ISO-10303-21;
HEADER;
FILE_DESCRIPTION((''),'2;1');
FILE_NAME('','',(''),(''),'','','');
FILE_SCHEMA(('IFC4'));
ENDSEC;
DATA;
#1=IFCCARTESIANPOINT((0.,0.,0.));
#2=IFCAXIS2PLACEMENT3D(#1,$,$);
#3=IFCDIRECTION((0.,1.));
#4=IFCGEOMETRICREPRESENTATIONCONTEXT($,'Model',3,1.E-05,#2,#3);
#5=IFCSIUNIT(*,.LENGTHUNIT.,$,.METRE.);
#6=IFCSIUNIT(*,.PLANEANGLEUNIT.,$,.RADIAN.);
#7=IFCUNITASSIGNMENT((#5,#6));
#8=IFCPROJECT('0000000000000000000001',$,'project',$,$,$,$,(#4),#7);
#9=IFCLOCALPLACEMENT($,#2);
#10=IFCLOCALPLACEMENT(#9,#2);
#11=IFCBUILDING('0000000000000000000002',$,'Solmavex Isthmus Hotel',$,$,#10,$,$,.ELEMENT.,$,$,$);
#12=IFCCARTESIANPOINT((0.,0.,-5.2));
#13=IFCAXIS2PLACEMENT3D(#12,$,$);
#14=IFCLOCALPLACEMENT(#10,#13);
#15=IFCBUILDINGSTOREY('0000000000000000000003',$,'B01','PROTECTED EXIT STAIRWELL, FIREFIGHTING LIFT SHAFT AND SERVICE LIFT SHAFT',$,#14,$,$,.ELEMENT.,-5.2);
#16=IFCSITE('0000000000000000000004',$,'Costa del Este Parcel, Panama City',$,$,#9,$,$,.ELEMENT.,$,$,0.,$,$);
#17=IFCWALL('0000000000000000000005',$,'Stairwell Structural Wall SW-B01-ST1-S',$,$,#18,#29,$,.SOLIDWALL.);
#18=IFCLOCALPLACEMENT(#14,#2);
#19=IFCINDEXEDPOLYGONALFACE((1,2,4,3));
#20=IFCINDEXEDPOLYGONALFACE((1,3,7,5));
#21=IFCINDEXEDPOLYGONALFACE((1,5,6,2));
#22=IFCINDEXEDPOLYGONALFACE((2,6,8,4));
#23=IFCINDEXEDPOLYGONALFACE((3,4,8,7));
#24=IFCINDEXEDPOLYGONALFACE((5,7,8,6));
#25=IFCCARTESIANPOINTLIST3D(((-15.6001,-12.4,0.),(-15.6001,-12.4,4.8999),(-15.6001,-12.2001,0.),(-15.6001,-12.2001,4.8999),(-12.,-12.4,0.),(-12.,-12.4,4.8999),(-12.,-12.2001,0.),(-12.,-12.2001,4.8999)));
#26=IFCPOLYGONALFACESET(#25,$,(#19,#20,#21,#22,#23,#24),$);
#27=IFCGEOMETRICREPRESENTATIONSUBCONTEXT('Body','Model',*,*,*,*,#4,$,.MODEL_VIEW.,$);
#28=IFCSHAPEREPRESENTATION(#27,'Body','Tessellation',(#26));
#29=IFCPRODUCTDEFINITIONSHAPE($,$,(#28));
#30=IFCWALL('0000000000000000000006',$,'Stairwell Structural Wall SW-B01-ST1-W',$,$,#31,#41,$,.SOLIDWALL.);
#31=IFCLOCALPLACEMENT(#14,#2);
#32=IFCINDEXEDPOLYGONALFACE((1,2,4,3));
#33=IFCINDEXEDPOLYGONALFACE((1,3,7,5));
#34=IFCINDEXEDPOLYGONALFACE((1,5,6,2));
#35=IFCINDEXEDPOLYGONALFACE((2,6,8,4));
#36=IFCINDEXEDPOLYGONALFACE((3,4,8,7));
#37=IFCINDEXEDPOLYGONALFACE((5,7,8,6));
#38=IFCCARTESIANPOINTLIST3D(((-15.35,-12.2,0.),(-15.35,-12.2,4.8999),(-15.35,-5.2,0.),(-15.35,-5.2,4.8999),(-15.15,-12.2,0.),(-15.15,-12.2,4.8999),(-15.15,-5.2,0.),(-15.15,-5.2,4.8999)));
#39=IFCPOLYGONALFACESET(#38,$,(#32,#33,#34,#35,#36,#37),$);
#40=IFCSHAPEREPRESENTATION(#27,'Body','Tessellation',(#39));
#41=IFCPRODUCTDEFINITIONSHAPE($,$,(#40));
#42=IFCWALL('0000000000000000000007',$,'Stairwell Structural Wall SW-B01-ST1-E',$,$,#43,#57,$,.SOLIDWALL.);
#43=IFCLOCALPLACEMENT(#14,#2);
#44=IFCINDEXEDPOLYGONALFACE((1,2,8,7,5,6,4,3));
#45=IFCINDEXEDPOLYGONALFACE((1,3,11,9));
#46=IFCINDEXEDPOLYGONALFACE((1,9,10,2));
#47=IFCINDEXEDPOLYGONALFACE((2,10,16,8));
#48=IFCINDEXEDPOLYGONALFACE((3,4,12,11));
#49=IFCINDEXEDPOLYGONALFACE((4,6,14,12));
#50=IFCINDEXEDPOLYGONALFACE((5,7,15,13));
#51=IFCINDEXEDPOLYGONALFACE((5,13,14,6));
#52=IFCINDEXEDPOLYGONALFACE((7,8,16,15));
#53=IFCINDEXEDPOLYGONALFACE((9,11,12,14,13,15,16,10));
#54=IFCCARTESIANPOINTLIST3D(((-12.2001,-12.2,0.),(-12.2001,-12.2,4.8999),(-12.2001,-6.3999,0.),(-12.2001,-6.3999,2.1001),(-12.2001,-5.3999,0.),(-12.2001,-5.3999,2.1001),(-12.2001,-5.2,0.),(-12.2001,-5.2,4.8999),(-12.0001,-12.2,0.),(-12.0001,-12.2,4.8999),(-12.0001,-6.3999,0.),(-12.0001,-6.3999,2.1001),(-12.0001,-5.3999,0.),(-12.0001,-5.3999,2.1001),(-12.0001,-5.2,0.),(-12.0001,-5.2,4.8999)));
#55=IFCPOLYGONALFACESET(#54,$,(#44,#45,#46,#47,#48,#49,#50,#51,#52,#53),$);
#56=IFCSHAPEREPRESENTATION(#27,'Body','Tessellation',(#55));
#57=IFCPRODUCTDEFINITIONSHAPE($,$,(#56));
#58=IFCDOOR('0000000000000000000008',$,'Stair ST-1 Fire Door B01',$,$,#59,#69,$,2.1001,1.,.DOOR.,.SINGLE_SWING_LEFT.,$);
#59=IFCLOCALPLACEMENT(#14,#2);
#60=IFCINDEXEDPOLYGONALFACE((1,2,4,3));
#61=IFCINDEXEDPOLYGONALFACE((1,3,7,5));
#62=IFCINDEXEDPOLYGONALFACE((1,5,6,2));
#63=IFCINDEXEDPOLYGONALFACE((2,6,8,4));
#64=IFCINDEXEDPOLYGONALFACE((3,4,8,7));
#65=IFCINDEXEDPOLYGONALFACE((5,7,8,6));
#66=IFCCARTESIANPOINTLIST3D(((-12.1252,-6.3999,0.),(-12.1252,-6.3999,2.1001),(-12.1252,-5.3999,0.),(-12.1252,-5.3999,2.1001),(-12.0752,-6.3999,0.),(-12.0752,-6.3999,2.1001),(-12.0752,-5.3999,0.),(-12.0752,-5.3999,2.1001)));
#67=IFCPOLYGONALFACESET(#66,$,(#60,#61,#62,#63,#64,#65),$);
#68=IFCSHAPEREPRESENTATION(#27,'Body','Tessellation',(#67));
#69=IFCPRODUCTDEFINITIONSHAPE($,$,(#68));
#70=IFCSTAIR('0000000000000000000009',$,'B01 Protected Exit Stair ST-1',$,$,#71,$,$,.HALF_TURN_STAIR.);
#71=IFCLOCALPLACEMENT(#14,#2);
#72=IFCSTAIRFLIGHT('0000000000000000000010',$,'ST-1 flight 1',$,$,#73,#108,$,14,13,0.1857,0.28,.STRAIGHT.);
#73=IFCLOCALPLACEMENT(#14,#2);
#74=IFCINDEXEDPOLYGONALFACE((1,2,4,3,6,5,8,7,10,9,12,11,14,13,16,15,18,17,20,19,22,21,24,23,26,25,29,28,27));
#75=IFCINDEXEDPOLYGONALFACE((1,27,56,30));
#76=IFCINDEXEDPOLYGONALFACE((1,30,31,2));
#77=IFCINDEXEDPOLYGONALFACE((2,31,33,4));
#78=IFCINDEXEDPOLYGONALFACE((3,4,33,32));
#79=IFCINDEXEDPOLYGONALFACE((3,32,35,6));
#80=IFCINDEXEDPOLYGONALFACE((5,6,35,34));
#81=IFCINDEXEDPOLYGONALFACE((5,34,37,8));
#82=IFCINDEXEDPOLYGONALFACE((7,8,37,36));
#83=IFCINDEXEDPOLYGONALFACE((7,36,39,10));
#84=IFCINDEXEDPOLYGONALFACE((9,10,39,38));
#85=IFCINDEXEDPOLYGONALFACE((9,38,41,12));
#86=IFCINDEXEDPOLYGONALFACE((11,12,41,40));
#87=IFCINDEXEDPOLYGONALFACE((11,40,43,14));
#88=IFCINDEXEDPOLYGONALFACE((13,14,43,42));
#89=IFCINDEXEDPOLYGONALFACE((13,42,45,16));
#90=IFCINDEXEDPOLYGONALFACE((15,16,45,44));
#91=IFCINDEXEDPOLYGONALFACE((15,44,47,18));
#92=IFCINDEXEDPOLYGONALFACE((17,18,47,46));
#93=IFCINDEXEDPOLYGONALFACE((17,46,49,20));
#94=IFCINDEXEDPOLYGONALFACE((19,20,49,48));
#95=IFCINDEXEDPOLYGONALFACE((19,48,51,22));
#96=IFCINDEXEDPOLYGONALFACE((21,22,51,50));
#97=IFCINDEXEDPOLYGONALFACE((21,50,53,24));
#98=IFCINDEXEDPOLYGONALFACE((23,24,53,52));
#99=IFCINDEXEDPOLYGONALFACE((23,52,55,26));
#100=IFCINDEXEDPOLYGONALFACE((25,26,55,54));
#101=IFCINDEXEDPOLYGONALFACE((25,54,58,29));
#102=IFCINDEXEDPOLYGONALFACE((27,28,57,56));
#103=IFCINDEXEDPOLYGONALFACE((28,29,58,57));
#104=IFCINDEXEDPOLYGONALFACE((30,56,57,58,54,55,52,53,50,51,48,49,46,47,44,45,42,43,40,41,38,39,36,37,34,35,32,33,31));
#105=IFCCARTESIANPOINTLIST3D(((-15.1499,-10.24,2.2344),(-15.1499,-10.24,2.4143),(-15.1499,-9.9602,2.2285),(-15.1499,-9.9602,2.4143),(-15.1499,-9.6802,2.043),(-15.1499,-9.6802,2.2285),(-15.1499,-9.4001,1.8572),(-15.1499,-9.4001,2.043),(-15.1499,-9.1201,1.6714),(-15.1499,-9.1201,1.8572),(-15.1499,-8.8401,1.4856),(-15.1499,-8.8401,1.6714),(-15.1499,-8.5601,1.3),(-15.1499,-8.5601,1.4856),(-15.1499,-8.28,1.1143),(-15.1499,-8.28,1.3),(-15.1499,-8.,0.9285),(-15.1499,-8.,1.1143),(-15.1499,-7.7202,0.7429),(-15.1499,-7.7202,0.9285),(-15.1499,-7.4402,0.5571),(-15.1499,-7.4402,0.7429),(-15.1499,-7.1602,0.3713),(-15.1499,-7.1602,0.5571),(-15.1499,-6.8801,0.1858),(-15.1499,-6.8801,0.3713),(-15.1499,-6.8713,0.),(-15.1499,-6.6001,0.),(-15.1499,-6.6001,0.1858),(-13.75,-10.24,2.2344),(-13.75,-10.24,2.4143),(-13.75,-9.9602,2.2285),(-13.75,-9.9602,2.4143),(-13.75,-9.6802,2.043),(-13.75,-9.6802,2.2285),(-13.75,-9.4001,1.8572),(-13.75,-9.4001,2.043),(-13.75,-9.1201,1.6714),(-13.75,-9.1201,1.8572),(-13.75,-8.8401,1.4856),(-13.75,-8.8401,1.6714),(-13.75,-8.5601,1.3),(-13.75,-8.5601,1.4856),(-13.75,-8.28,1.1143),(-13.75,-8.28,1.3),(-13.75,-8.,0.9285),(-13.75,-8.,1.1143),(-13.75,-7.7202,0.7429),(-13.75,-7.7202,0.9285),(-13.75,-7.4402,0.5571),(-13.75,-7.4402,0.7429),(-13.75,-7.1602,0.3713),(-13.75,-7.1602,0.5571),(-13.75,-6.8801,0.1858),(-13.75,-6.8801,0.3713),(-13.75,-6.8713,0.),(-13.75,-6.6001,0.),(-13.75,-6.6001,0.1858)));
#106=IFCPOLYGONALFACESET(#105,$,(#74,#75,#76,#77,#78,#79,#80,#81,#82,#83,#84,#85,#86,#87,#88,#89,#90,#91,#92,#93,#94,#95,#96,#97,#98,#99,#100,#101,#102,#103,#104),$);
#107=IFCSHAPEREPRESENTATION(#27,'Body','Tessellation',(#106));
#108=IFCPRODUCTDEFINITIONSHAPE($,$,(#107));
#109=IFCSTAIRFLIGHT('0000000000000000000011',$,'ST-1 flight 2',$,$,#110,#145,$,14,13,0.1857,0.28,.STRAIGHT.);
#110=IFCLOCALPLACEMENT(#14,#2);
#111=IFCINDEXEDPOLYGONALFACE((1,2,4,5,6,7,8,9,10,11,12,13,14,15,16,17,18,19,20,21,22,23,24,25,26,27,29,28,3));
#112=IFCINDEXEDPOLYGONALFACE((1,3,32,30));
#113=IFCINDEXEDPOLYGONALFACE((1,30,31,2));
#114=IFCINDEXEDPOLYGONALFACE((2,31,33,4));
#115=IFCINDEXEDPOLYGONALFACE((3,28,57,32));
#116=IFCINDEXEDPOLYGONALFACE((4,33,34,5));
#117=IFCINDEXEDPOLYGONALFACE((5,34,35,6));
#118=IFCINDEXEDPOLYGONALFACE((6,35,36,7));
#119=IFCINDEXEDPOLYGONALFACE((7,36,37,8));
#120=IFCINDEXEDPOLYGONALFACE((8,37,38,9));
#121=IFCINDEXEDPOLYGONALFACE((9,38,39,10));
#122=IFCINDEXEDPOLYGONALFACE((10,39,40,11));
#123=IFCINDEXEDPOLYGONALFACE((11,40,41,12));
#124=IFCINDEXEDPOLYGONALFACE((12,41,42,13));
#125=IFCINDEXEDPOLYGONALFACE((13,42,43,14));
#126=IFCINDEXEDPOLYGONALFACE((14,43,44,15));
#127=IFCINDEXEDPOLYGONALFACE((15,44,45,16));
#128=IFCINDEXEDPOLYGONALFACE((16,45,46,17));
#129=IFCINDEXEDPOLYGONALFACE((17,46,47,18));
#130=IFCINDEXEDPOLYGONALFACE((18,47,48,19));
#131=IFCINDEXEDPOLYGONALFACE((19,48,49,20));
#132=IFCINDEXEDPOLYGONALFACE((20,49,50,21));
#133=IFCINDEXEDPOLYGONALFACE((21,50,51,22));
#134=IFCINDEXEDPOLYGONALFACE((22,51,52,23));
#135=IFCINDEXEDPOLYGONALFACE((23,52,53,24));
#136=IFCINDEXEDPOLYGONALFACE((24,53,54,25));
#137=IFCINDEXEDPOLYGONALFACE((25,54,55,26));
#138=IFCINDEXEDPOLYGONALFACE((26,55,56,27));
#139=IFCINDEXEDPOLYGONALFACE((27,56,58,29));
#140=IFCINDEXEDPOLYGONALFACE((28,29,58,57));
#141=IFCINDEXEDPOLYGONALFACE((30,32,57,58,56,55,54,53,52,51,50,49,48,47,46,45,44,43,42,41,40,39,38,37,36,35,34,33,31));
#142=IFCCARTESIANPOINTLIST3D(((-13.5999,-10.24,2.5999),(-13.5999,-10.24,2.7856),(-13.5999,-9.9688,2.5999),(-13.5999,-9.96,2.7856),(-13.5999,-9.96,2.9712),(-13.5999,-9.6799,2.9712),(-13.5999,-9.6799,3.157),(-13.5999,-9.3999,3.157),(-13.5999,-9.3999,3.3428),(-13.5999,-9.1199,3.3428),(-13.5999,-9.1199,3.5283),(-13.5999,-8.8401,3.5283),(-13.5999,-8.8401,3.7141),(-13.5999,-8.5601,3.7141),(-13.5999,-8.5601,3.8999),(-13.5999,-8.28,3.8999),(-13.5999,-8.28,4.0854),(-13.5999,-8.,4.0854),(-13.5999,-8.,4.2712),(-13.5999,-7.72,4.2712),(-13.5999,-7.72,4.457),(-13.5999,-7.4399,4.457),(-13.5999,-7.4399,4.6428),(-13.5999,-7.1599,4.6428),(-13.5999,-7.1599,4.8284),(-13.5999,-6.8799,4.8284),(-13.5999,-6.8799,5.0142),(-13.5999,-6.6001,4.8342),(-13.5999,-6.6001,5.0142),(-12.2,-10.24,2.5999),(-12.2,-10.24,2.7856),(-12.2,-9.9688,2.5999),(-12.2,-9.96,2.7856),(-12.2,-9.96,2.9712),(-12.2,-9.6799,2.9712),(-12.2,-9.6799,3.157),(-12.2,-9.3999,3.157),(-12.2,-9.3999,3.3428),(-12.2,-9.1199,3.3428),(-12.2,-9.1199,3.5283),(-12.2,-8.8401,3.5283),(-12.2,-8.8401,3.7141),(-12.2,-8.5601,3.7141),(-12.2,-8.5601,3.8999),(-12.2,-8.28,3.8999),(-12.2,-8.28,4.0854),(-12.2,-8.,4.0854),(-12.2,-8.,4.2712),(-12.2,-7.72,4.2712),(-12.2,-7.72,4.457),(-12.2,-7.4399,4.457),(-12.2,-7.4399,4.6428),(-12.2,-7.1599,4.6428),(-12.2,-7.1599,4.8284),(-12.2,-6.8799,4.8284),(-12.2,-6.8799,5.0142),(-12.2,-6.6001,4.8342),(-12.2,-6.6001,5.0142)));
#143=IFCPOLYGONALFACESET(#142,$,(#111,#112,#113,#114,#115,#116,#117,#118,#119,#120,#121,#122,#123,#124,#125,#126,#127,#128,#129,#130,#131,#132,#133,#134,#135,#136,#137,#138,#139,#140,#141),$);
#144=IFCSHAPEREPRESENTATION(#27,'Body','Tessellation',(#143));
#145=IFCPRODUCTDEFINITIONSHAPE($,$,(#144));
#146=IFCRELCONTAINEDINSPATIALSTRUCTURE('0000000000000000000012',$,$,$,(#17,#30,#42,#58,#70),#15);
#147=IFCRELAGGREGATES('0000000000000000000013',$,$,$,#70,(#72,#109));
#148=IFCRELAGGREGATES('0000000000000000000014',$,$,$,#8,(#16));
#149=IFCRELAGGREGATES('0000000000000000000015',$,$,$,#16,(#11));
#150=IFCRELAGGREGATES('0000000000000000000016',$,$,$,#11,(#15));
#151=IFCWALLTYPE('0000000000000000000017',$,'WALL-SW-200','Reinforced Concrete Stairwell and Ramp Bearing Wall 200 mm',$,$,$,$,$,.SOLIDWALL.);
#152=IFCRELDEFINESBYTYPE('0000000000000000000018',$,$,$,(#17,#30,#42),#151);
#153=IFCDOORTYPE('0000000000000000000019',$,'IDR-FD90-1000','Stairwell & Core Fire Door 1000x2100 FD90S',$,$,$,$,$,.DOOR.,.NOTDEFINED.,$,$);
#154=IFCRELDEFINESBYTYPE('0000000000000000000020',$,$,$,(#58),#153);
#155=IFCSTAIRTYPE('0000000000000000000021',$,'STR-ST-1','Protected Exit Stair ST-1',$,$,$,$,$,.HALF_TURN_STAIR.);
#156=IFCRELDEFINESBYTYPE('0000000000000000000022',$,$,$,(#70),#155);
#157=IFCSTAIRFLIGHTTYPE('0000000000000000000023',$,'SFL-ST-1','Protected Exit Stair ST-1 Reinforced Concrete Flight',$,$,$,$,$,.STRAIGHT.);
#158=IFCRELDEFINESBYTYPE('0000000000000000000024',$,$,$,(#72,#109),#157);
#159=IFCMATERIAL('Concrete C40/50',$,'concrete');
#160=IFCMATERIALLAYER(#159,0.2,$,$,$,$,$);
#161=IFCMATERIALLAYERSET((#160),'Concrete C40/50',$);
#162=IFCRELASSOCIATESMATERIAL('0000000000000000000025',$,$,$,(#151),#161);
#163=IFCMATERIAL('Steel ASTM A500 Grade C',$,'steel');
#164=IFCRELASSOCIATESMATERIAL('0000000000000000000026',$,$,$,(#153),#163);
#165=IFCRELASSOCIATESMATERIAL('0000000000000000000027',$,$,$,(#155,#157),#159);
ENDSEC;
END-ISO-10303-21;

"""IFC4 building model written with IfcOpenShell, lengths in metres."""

from ifc_helpers import new_model, si_unit, direction, frame, frame_2d, origin, place, context, subcontext, project, spatial, polyline, rectangle, outline, extrude, material, layer, layer_set, type_object, element, fill, aggregate, save


model = new_model("IFC4")

# Units and contexts
model_context = context("Model", 3, precision=1e-05, world=origin(), true_north=direction((0.0, 1.0)))
body_context = subcontext(model_context, "Body", "Model", "MODEL_VIEW")
ifc_project = project(units=[si_unit("LENGTHUNIT", "METRE"), si_unit("PLANEANGLEUNIT", "RADIAN")], contexts=[model_context])

# Site, building, storey
site_placement = place(None, origin())
site = spatial("IfcSite", under=ifc_project, at=site_placement, Name="Costa del Este Parcel, Panama City", CompositionType="ELEMENT", RefElevation=0.0)
building_placement = place(site_placement, origin())
building = spatial("IfcBuilding", under=site, at=building_placement, Name="Solmavex Isthmus Hotel", CompositionType="ELEMENT")
storey_placement = place(building_placement, frame((0.0, 0.0, -5.2)))
storey = spatial("IfcBuildingStorey", under=building, at=storey_placement, Name="B01", Description="PROTECTED EXIT STAIRWELL, FIREFIGHTING LIFT SHAFT AND SERVICE LIFT SHAFT", CompositionType="ELEMENT", Elevation=-5.2)

# Shared definitions
ifc_material_1 = material(Name="Concrete C40/50", Category="concrete")

# Walls
ifc_layer_1 = layer(ifc_material_1, 0.2)
ifc_layer_set_1 = layer_set([ifc_layer_1], Name="Concrete C40/50")
wall_type_1 = type_object("IfcWallType", Name="WALL-SW-200", Description="Reinforced Concrete Stairwell and Ramp Bearing Wall 200 mm", PredefinedType="SOLIDWALL", material=ifc_layer_set_1)
wall_1_placement = place(storey_placement, frame((-15.6001, -12.3, 0.0), z_axis=(0.0, 0.0, 1.0), x_axis=(1.0, 0.0, 0.0)))
element("IfcWall", 1, at=wall_1_placement, inside=storey, type_object=wall_type_1, Name="Stairwell Structural Wall SW-B01-ST1-S", PredefinedType="SOLIDWALL", context=body_context, shape_type="SweptSolid", body=[
    extrude(rectangle(XDim=3.6001, YDim=0.2, at=frame_2d((1.8, 0.0))), origin(), (0.0, 0.0, 1.0), 4.8999),
])
wall_2_placement = place(storey_placement, frame((-15.25, -12.2, 0.0), z_axis=(0.0, 0.0, 1.0), x_axis=(0.0, 1.0, 0.0)))
element("IfcWall", 2, at=wall_2_placement, inside=storey, type_object=wall_type_1, Name="Stairwell Structural Wall SW-B01-ST1-W", PredefinedType="SOLIDWALL", context=body_context, shape_type="SweptSolid", body=[
    extrude(rectangle(XDim=7.0, YDim=0.2, at=frame_2d((3.5, 0.0))), origin(), (0.0, 0.0, 1.0), 4.8999),
])

# Wall, opening, door
wall_3_placement = place(storey_placement, frame((-12.1001, -12.2, 0.0), z_axis=(0.0, 0.0, 1.0), x_axis=(0.0, 1.0, 0.0)))
wall_3 = element("IfcWall", 3, at=wall_3_placement, inside=storey, type_object=wall_type_1, Name="Stairwell Structural Wall SW-B01-ST1-E", PredefinedType="SOLIDWALL", context=body_context, shape_type="SweptSolid", body=[
    extrude(rectangle(XDim=7.0, YDim=0.2, at=frame_2d((3.5, 0.0))), origin(), (0.0, 0.0, 1.0), 4.8999),
])
opening_1_placement = place(wall_3_placement, frame((5.8, 0.0, 0.0)))
opening_1 = element("IfcOpeningElement", 4, at=opening_1_placement, cuts=wall_3, PredefinedType="OPENING", context=body_context, shape_type="SweptSolid", body=[
    extrude(rectangle(XDim=1.0, YDim=2.1001, at=frame_2d((0.5, 1.05))), frame((0.0, 0.1099, 0.0), z_axis=(0.0, -1.0, 0.0), x_axis=(1.0, 0.0, 0.0)), (0.0, 0.0, 1.0), 0.22),
])
ifc_material_2 = material(Name="Steel ASTM A500 Grade C", Category="steel")
door_type_1 = type_object("IfcDoorType", Name="IDR-FD90-1000", Description="Stairwell & Core Fire Door 1000x2100 FD90S", OperationType="NOTDEFINED", PredefinedType="DOOR", material=ifc_material_2)
door_1_placement = place(opening_1_placement, frame((1.0, 0.0, 0.0), z_axis=(0.0, 0.0, 1.0), x_axis=(-1.0, 0.0, 0.0)))
door_1 = element("IfcDoor", 5, at=door_1_placement, inside=storey, type_object=door_type_1, Name="Stair ST-1 Fire Door B01", OperationType="SINGLE_SWING_LEFT", OverallHeight=2.1001, OverallWidth=1.0, PredefinedType="DOOR", context=body_context, shape_type="SweptSolid", body=[
    extrude(rectangle(XDim=1.0, YDim=2.1001, at=frame_2d((0.5, 1.05))), frame((0.0, 0.0249, 0.0), z_axis=(0.0, -1.0, 0.0), x_axis=(1.0, 0.0, 0.0)), (0.0, 0.0, 1.0), 0.05),
])
fill(opening_1, door_1)

# Stair, stair flights
stair_type = type_object("IfcStairType", Name="STR-ST-1", Description="Protected Exit Stair ST-1", PredefinedType="HALF_TURN_STAIR", material=ifc_material_1)
stair_placement = place(storey_placement, origin())
stair = element("IfcStair", 6, at=stair_placement, inside=storey, type_object=stair_type, Name="B01 Protected Exit Stair ST-1", PredefinedType="HALF_TURN_STAIR")
stair_flight_type = type_object("IfcStairFlightType", Name="SFL-ST-1", Description="Protected Exit Stair ST-1 Reinforced Concrete Flight", PredefinedType="STRAIGHT", material=ifc_material_1)
stair_flight_1_placement = place(storey_placement, frame((-14.45, -6.6001, 0.0), z_axis=(0.0, 0.0, 1.0), x_axis=(0.0, -1.0, 0.0)))
stair_flight_1 = element("IfcStairFlight", 7, at=stair_flight_1_placement, type_object=stair_flight_type, Name="ST-1 flight 1", NumberOfRisers=14, NumberOfTreads=13, PredefinedType="STRAIGHT", RiserHeight=0.1857, TreadLength=0.28, context=body_context, shape_type="SweptSolid", body=[
    extrude(outline(polyline([(0.0, 0.0), (0.0, 0.1858), (0.28, 0.1858), (0.28, 0.3713), (0.5601, 0.3713), (0.5601, 0.5571), (0.8401, 0.5571), (0.8401, 0.7429), (1.1201, 0.7429), (1.1201, 0.9285), (1.3999, 0.9285), (1.3999, 1.1143), (1.6799, 1.1143), (1.6799, 1.3), (1.96, 1.3), (1.96, 1.4856), (2.24, 1.4856), (2.24, 1.6714), (2.52, 1.6714), (2.52, 1.8572), (2.8, 1.8572), (2.8, 2.043), (3.0801, 2.043), (3.0801, 2.2285), (3.3601, 2.2285), (3.3601, 2.4143), (3.6399, 2.4143), (3.6399, 2.6001), (3.6399, 2.2344), (0.2712, 0.0), (0.0, 0.0)])), frame((0.0, 0.7, 0.0), z_axis=(0.0, -1.0, 0.0), x_axis=(1.0, 0.0, 0.0)), (0.0, 0.0, 1.0), 1.3999),
])
stair_flight_2_placement = place(storey_placement, frame((-12.8999, -10.24, 2.5999), z_axis=(0.0, 0.0, 1.0), x_axis=(0.0, 1.0, 0.0)))
stair_flight_2 = element("IfcStairFlight", 8, at=stair_flight_2_placement, type_object=stair_flight_type, Name="ST-1 flight 2", NumberOfRisers=14, NumberOfTreads=13, PredefinedType="STRAIGHT", RiserHeight=0.1857, TreadLength=0.28, context=body_context, shape_type="SweptSolid", body=[
    extrude(outline(polyline([(0.0, 0.0), (0.0, 0.1858), (0.28, 0.1858), (0.28, 0.3713), (0.5601, 0.3713), (0.5601, 0.5571), (0.8401, 0.5571), (0.8401, 0.7429), (1.1201, 0.7429), (1.1201, 0.9285), (1.3999, 0.9285), (1.3999, 1.1143), (1.6799, 1.1143), (1.6799, 1.3), (1.96, 1.3), (1.96, 1.4856), (2.24, 1.4856), (2.24, 1.6714), (2.52, 1.6714), (2.52, 1.8572), (2.8, 1.8572), (2.8, 2.043), (3.0801, 2.043), (3.0801, 2.2285), (3.3601, 2.2285), (3.3601, 2.4143), (3.6399, 2.4143), (3.6399, 2.6001), (3.6399, 2.2344), (0.2712, 0.0), (0.0, 0.0)])), frame((0.0, 0.7, 0.0), z_axis=(0.0, -1.0, 0.0), x_axis=(1.0, 0.0, 0.0)), (0.0, 0.0, 1.0), 1.3999),
])
aggregate(stair, [stair_flight_1, stair_flight_2])

save(model, "model.ifc")
